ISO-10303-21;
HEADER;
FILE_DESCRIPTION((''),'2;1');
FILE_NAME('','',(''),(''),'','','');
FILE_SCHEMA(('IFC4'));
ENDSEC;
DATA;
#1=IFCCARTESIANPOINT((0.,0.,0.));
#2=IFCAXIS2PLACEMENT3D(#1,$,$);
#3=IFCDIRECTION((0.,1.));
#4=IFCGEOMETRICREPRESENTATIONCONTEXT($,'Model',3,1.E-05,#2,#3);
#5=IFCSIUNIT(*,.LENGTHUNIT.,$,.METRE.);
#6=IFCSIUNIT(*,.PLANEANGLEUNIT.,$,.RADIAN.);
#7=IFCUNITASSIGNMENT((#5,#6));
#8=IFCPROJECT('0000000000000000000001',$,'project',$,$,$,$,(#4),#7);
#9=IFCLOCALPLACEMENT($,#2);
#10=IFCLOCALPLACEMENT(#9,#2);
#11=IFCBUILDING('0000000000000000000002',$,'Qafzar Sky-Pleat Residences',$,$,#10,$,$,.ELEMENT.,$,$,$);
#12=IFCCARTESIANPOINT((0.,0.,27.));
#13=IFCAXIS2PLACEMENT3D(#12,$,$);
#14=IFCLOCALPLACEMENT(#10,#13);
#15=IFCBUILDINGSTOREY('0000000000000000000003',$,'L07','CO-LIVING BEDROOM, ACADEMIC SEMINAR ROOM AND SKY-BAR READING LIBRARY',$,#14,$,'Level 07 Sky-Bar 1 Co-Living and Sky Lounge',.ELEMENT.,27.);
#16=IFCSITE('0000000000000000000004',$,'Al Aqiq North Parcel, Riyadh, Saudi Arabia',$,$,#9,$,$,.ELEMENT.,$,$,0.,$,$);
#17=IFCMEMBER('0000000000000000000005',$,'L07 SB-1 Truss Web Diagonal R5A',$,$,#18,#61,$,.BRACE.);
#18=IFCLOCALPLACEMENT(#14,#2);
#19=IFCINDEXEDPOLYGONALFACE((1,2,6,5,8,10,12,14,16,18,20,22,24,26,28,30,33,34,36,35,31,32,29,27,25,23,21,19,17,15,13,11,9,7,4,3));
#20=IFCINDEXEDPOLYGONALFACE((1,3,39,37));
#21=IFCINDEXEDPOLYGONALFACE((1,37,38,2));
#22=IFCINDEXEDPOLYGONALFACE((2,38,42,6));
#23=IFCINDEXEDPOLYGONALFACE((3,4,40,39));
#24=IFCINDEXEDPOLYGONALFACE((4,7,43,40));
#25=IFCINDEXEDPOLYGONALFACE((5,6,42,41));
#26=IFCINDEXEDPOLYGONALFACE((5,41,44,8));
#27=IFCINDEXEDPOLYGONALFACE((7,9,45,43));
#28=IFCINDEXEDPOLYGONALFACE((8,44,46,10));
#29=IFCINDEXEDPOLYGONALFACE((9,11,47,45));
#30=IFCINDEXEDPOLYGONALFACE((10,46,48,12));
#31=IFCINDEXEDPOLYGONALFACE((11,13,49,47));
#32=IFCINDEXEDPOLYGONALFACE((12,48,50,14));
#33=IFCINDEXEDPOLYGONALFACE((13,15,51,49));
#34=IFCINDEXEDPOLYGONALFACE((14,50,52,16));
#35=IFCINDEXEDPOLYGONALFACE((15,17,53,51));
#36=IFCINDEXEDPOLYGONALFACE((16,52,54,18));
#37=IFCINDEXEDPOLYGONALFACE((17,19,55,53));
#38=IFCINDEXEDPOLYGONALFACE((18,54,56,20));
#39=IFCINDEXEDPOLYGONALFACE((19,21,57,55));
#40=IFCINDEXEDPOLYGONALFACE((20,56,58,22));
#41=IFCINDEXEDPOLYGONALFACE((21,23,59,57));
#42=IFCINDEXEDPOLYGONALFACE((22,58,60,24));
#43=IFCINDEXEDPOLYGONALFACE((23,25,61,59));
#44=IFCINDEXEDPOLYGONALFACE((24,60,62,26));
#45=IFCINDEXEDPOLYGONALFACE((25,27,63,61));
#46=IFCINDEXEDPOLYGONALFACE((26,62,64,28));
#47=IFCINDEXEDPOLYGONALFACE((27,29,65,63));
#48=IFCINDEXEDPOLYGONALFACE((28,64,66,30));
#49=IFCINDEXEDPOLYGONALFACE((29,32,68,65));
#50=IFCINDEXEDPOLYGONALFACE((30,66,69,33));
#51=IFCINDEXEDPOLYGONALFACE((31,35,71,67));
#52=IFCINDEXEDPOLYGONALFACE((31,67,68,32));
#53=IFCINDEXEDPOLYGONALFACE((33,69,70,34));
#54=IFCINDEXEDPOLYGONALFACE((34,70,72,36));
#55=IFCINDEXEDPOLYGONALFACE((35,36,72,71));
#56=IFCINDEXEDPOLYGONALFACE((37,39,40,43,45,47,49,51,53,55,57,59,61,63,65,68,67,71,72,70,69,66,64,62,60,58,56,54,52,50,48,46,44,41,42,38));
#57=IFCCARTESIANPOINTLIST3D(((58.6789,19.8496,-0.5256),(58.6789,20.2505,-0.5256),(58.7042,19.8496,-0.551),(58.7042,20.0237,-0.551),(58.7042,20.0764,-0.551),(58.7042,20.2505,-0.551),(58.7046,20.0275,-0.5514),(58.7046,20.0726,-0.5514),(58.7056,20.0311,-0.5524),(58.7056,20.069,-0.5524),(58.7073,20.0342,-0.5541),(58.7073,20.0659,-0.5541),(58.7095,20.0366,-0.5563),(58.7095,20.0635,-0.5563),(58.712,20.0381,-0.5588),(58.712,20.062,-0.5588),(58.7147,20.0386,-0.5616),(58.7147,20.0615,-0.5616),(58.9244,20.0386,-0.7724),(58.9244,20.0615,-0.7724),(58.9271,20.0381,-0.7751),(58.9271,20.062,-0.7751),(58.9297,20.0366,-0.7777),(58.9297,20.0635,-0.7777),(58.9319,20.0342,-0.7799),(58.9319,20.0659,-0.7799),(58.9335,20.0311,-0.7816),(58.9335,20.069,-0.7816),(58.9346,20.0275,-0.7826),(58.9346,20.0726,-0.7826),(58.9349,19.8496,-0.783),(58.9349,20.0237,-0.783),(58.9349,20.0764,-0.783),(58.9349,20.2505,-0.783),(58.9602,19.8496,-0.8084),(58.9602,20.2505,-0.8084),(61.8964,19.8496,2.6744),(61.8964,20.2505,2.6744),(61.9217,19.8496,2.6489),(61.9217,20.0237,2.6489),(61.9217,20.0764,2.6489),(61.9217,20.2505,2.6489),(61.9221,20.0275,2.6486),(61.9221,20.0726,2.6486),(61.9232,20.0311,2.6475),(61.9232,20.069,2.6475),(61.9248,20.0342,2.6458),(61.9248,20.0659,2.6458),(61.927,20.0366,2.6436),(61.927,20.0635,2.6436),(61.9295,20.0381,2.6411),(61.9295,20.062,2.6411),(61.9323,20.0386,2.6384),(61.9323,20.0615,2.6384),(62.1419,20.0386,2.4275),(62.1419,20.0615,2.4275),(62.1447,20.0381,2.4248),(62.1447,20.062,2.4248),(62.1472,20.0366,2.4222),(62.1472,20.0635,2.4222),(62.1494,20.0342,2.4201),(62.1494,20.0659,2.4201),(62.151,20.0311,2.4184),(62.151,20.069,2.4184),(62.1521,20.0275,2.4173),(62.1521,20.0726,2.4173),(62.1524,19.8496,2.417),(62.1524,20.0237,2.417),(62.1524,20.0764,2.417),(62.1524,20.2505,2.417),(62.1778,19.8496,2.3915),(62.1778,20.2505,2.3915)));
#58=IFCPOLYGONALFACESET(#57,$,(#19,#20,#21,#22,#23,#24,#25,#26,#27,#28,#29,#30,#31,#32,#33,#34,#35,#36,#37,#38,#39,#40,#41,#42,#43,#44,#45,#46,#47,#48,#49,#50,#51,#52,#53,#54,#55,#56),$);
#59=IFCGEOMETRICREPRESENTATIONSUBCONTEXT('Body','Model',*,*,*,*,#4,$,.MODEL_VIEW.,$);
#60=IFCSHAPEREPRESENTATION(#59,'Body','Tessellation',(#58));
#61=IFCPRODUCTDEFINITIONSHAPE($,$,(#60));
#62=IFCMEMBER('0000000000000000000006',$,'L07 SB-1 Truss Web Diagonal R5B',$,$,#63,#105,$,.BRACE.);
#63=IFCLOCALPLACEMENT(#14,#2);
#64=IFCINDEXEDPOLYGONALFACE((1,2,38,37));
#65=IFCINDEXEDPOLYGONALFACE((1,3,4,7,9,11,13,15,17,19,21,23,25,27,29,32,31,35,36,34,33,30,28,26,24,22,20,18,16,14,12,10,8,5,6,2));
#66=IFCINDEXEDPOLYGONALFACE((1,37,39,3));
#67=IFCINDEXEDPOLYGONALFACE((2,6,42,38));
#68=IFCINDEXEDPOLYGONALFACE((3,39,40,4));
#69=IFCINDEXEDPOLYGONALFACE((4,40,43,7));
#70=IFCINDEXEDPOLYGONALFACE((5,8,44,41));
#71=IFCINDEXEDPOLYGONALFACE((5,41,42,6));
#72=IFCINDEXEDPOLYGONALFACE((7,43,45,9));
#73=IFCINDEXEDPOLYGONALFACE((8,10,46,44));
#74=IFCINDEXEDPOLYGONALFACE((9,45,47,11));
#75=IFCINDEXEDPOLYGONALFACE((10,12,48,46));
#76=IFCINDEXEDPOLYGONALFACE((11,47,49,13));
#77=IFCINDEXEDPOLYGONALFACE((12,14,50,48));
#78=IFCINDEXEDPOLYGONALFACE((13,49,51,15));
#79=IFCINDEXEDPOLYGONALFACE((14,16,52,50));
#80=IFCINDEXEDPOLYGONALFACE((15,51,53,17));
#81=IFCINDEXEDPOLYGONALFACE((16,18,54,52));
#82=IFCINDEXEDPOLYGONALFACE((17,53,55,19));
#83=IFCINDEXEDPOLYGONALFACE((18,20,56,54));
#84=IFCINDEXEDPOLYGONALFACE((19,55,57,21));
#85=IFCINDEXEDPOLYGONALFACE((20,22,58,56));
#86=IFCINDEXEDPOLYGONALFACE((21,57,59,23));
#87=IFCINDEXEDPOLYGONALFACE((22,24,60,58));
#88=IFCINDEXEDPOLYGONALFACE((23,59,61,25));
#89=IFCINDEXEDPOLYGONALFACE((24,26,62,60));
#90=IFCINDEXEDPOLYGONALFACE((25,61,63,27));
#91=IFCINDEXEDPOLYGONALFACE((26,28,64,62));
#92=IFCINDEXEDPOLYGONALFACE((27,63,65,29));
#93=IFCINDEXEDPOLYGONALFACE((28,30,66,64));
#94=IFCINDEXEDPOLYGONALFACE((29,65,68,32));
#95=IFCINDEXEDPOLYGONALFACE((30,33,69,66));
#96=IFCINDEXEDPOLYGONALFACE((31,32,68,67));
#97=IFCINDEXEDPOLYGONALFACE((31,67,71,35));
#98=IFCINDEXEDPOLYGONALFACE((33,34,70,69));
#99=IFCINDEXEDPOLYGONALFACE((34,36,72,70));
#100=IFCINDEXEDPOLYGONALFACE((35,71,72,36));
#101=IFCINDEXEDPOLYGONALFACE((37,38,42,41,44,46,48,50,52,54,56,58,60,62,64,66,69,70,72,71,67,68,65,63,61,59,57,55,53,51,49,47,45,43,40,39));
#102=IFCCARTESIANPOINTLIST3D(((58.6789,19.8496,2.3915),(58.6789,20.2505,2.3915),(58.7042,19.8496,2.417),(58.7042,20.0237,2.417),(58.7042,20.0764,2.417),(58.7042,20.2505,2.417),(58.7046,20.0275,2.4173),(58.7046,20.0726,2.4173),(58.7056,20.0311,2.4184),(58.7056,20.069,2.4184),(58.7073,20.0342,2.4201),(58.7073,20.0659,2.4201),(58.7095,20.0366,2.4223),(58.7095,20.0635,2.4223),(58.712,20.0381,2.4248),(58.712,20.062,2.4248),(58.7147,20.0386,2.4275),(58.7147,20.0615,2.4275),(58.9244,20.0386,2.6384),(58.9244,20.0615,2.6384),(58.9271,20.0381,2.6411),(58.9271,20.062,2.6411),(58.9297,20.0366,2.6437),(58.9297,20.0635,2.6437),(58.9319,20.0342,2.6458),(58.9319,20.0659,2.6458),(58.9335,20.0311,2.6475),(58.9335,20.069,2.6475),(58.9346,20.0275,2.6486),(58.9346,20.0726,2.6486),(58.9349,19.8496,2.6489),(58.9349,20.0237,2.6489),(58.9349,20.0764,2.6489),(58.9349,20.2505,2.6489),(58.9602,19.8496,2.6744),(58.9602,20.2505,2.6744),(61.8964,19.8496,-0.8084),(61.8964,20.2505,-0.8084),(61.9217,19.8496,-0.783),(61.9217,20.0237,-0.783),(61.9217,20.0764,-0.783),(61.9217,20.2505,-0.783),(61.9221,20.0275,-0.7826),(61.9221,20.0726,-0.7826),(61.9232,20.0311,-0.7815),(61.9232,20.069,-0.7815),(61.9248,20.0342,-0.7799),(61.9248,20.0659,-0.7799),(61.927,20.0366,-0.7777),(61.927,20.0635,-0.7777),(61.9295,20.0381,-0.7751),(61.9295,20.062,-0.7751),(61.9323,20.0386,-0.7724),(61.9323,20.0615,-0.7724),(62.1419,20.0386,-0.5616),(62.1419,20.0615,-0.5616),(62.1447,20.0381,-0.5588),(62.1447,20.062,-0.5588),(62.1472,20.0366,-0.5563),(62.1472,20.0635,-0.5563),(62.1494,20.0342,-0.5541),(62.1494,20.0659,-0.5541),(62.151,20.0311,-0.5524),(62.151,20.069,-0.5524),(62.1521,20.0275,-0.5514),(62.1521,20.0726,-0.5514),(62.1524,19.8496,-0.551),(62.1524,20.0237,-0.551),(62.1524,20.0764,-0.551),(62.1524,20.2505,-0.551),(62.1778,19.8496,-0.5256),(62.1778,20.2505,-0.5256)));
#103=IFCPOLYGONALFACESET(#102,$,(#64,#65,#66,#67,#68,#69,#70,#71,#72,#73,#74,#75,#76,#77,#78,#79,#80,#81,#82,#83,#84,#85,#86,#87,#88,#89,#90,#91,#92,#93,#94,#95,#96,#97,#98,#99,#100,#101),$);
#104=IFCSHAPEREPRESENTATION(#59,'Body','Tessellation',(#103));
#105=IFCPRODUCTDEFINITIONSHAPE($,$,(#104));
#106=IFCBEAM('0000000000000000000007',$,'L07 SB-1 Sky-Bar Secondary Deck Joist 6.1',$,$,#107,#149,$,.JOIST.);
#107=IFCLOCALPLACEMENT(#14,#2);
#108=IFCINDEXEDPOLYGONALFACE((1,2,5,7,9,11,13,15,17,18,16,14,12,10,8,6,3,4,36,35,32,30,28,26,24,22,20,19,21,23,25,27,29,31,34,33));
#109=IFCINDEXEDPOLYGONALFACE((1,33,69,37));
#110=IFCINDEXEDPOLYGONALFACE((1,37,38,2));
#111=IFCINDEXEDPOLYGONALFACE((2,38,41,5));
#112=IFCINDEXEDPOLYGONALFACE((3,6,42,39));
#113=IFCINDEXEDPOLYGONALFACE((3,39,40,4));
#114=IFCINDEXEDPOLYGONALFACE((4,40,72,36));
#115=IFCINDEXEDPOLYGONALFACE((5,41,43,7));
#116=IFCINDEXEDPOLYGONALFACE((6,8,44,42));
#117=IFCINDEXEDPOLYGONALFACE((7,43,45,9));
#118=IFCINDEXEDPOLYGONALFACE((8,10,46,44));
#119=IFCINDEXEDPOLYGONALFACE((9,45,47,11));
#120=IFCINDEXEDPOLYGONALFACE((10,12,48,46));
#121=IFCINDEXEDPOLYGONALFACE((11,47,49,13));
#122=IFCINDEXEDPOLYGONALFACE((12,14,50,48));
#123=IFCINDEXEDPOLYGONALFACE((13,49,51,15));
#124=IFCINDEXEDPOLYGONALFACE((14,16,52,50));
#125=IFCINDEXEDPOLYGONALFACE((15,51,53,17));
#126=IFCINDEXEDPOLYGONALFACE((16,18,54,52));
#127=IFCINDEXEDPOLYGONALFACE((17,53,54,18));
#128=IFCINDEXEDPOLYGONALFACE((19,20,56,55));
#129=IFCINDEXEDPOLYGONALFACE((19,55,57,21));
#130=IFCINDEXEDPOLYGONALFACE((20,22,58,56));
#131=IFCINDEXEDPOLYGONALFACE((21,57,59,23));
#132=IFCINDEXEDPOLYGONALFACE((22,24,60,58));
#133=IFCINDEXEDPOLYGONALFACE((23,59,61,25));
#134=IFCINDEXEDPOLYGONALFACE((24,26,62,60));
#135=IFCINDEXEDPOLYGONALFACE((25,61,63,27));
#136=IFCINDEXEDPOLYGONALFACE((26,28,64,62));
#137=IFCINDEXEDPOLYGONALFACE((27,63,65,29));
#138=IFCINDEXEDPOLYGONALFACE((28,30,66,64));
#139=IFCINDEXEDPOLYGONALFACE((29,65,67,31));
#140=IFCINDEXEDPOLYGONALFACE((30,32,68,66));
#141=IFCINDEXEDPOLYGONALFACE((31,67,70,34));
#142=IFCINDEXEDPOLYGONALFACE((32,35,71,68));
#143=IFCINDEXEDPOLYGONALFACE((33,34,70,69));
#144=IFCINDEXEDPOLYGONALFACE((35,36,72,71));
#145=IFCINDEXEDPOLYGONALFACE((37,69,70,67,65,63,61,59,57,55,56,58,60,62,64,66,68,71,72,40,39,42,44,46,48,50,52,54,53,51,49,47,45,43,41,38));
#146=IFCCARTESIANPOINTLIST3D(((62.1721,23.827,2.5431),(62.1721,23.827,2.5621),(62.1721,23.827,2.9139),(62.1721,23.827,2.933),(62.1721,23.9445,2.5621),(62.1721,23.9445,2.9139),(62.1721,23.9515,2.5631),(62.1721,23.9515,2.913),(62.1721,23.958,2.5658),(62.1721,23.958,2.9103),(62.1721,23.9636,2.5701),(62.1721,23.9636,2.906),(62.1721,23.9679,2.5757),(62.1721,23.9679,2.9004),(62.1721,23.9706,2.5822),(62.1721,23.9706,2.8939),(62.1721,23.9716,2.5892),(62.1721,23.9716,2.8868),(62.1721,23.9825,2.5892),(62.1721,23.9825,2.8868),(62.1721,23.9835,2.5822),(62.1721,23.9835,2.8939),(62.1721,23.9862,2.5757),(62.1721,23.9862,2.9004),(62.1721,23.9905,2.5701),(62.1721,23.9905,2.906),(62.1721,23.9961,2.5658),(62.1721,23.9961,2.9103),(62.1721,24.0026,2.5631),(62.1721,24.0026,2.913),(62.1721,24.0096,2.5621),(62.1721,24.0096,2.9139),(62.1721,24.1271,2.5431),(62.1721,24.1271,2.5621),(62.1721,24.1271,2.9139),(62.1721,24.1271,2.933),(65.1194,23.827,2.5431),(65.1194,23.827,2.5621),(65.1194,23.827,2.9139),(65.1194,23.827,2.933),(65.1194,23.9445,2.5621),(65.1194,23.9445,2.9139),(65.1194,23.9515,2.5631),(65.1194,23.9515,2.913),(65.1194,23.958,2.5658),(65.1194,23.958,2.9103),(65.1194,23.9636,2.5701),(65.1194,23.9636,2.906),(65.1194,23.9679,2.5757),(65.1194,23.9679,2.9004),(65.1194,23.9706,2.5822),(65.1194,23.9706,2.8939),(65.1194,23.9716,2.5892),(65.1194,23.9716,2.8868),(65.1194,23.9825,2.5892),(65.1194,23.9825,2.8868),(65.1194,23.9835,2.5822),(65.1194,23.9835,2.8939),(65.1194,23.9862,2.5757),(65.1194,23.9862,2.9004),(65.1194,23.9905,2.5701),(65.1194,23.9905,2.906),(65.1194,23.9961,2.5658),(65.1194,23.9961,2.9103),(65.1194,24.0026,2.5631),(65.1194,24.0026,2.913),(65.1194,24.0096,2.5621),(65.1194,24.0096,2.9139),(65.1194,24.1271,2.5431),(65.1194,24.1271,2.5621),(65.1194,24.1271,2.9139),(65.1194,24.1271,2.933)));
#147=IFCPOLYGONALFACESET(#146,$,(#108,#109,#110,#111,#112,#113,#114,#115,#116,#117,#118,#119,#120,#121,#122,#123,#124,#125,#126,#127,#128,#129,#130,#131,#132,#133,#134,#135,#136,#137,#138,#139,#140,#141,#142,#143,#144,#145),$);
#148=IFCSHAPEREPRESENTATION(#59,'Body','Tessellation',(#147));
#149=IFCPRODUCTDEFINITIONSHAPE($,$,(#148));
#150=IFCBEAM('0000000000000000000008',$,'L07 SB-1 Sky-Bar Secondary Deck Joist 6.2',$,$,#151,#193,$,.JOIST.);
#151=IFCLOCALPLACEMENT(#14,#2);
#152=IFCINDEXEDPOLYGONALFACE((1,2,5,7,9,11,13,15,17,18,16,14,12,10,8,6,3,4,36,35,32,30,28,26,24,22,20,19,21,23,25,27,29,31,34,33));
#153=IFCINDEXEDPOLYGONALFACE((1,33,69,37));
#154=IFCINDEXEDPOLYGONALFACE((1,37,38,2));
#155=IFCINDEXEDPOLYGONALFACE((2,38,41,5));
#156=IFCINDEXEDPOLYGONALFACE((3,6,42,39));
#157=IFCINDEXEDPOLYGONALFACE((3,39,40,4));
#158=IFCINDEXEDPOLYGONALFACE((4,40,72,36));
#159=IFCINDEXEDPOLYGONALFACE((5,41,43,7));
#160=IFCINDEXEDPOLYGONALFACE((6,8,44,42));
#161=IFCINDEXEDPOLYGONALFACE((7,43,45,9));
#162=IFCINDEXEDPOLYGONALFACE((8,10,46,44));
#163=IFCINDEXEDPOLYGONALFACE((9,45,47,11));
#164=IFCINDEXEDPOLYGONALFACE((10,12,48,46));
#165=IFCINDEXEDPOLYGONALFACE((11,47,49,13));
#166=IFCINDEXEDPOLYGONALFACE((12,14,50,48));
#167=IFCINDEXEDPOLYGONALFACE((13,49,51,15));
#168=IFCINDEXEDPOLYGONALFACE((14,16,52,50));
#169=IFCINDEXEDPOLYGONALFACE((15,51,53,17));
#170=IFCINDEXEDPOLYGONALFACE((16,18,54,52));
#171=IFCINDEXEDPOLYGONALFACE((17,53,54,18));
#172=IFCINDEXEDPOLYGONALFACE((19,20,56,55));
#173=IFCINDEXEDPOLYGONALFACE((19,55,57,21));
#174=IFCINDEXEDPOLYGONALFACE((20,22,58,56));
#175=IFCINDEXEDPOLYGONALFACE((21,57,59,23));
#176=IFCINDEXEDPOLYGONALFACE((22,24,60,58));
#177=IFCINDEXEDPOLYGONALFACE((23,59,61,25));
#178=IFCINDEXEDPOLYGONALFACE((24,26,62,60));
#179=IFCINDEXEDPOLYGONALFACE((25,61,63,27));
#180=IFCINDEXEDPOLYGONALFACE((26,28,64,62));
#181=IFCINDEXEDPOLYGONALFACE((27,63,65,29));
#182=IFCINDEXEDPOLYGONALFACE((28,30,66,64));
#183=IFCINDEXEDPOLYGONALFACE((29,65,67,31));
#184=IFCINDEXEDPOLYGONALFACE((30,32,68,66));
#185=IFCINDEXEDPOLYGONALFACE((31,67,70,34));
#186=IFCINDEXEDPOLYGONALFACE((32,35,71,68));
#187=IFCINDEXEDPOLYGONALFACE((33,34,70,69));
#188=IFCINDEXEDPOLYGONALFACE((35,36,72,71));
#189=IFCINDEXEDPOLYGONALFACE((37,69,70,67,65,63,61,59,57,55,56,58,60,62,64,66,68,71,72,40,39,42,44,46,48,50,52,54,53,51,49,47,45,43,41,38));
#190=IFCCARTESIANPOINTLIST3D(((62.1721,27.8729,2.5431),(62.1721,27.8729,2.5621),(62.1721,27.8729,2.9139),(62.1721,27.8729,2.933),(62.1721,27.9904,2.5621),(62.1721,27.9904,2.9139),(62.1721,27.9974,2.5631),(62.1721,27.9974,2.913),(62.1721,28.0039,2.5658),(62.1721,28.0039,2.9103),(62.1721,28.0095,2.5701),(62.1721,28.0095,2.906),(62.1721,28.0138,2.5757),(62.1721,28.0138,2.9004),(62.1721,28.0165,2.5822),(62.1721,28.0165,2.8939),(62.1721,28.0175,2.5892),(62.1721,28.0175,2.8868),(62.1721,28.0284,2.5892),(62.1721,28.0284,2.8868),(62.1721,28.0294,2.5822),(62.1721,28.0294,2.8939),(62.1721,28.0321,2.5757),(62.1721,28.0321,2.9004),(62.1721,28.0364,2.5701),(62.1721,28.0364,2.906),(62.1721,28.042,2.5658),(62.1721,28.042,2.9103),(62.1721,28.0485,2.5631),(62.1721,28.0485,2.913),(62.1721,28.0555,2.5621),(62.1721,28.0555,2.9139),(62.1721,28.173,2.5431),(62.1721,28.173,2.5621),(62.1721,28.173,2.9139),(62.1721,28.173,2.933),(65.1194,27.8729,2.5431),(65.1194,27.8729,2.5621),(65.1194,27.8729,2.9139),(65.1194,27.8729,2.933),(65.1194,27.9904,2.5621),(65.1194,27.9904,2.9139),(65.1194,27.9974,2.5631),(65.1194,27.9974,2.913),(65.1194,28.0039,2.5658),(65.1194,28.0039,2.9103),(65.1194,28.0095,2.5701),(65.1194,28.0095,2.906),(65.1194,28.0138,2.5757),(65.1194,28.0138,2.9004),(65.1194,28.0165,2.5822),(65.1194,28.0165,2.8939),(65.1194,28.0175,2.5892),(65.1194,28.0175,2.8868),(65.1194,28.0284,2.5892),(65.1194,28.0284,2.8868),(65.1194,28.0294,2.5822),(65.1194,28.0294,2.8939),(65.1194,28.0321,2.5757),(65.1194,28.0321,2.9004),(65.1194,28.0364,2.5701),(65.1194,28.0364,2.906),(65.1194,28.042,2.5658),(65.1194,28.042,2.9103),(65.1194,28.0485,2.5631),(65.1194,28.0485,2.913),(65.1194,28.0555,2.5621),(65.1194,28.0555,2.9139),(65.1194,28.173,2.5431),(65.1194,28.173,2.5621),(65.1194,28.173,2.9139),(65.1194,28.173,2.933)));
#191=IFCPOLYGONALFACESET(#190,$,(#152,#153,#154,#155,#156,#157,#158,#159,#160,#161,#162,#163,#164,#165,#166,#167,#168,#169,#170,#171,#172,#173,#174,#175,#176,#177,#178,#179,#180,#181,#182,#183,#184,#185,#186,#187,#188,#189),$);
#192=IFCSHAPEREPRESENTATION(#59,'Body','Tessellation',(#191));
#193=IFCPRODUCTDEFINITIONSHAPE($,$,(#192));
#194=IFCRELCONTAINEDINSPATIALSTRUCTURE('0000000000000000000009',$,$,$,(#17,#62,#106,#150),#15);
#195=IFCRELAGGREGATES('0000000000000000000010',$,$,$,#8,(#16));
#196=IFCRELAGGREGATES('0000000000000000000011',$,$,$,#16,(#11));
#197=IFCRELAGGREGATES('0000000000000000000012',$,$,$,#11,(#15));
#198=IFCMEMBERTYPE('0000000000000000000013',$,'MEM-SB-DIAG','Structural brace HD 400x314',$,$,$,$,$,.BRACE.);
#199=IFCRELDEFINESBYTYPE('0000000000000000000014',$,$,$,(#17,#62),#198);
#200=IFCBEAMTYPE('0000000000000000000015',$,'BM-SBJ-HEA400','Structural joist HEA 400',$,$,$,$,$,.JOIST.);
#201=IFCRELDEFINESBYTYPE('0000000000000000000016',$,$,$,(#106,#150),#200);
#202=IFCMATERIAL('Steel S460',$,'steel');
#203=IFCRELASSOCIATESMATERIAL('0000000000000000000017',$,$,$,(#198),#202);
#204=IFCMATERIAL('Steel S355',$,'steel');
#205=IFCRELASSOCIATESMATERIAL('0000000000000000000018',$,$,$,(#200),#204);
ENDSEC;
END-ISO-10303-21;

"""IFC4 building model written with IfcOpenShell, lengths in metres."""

from ifc_helpers import new_model, si_unit, direction, frame, origin, origin_2d, place, context, subcontext, project, spatial, i_section, extrude, source, transform, mapped, material, material_profile, profile_set, type_object, element, save


model = new_model("IFC4")

# Units and contexts
model_context = context("Model", 3, precision=1e-05, world=origin(), true_north=direction((0.0, 1.0)))
body_context = subcontext(model_context, "Body", "Model", "MODEL_VIEW")
ifc_project = project(units=[si_unit("LENGTHUNIT", "METRE"), si_unit("PLANEANGLEUNIT", "RADIAN")], contexts=[model_context])

# Site, building, storey
site_placement = place(None, origin())
site = spatial("IfcSite", under=ifc_project, at=site_placement, Name="Al Aqiq North Parcel, Riyadh, Saudi Arabia", CompositionType="ELEMENT", RefElevation=0.0)
building_placement = place(site_placement, origin())
building = spatial("IfcBuilding", under=site, at=building_placement, Name="Qafzar Sky-Pleat Residences", CompositionType="ELEMENT")
storey_placement = place(building_placement, frame((0.0, 0.0, 27.0)))
storey = spatial("IfcBuildingStorey", under=building, at=storey_placement, Name="L07", Description="CO-LIVING BEDROOM, ACADEMIC SEMINAR ROOM AND SKY-BAR READING LIBRARY", LongName="Level 07 Sky-Bar 1 Co-Living and Sky Lounge", CompositionType="ELEMENT", Elevation=27.0)

# Shared definitions
ifc_material_1 = material(Name="Steel S460", Category="steel")

# Members
ifc_material_profile_1 = material_profile(ifc_material_1, i_section(OverallWidth=0.4009, OverallDepth=0.3989, WebThickness=0.0229, FlangeThickness=0.0359, FilletRadius=0.0149, at=origin_2d()), Name="HD 400x314")
ifc_profile_set_1 = profile_set([ifc_material_profile_1], Name="Steel S460")
member_type_1 = type_object("IfcMemberType", Name="MEM-SB-DIAG", Description="Structural brace HD 400x314", PredefinedType="BRACE", material=ifc_profile_set_1)
shared_shape_1 = source(origin(), body_context, "Body", "SweptSolid", [
    extrude(i_section(OverallWidth=0.4009, OverallDepth=0.3989, WebThickness=0.0229, FlangeThickness=0.0359, FilletRadius=0.0149, at=origin_2d()), origin(), (0.0, 0.0, 1.0), 4.5378),
])
for number, where, z_axis, x_axis, name in (
    (1, (58.8196, 20.05, -0.667), (0.709041, 0.0, 0.705167), (0.0, 1.0, 0.0), "L07 SB-1 Truss Web Diagonal R5A"),
    (2, (58.8196, 20.05, 2.533), (0.709041, 0.0, -0.705167), (0.0, 1.0, 0.0), "L07 SB-1 Truss Web Diagonal R5B"),
):
    element("IfcMember", number, at=place(storey_placement, frame(where, z_axis=z_axis, x_axis=x_axis)), inside=storey, type_object=member_type_1, Name=name, PredefinedType="BRACE", context=body_context, shape_type="MappedRepresentation", body=[
        mapped(shared_shape_1, transform((0.0, 0.0, 0.0), x_axis=(1.0, 0.0, 0.0), y_axis=(0.0, 1.0, 0.0), z_axis=(0.0, 0.0, 1.0), scale=1.0)),
    ])

# Beams
ifc_material_2 = material(Name="Steel S355", Category="steel")
ifc_material_profile_2 = material_profile(ifc_material_2, i_section(OverallWidth=0.3, OverallDepth=0.3899, WebThickness=0.011, FlangeThickness=0.019, FilletRadius=0.0271, at=origin_2d()), Name="HEA 400")
ifc_profile_set_2 = profile_set([ifc_material_profile_2], Name="Steel S355")
beam_type_1 = type_object("IfcBeamType", Name="BM-SBJ-HEA400", Description="Structural joist HEA 400", PredefinedType="JOIST", material=ifc_profile_set_2)
shared_shape_2 = source(origin(), body_context, "Body", "SweptSolid", [
    extrude(i_section(OverallWidth=0.3, OverallDepth=0.3899, WebThickness=0.011, FlangeThickness=0.019, FilletRadius=0.0271, at=origin_2d()), origin(), (0.0, 0.0, 1.0), 2.9473),
])
for number, where, z_axis, x_axis, name in (
    (3, (62.1721, 23.9771, 2.738), (1.0, 0.0, 0.0), (0.0, 1.0, 0.0), "L07 SB-1 Sky-Bar Secondary Deck Joist 6.1"),
    (4, (62.1721, 28.0229, 2.738), (1.0, 0.0, 0.0), (0.0, 1.0, 0.0), "L07 SB-1 Sky-Bar Secondary Deck Joist 6.2"),
):
    element("IfcBeam", number, at=place(storey_placement, frame(where, z_axis=z_axis, x_axis=x_axis)), inside=storey, type_object=beam_type_1, Name=name, PredefinedType="JOIST", context=body_context, shape_type="MappedRepresentation", body=[
        mapped(shared_shape_2, transform((0.0, 0.0, 0.0), x_axis=(1.0, 0.0, 0.0), y_axis=(0.0, 1.0, 0.0), z_axis=(0.0, 0.0, 1.0), scale=1.0)),
    ])

save(model, "model.ifc")
